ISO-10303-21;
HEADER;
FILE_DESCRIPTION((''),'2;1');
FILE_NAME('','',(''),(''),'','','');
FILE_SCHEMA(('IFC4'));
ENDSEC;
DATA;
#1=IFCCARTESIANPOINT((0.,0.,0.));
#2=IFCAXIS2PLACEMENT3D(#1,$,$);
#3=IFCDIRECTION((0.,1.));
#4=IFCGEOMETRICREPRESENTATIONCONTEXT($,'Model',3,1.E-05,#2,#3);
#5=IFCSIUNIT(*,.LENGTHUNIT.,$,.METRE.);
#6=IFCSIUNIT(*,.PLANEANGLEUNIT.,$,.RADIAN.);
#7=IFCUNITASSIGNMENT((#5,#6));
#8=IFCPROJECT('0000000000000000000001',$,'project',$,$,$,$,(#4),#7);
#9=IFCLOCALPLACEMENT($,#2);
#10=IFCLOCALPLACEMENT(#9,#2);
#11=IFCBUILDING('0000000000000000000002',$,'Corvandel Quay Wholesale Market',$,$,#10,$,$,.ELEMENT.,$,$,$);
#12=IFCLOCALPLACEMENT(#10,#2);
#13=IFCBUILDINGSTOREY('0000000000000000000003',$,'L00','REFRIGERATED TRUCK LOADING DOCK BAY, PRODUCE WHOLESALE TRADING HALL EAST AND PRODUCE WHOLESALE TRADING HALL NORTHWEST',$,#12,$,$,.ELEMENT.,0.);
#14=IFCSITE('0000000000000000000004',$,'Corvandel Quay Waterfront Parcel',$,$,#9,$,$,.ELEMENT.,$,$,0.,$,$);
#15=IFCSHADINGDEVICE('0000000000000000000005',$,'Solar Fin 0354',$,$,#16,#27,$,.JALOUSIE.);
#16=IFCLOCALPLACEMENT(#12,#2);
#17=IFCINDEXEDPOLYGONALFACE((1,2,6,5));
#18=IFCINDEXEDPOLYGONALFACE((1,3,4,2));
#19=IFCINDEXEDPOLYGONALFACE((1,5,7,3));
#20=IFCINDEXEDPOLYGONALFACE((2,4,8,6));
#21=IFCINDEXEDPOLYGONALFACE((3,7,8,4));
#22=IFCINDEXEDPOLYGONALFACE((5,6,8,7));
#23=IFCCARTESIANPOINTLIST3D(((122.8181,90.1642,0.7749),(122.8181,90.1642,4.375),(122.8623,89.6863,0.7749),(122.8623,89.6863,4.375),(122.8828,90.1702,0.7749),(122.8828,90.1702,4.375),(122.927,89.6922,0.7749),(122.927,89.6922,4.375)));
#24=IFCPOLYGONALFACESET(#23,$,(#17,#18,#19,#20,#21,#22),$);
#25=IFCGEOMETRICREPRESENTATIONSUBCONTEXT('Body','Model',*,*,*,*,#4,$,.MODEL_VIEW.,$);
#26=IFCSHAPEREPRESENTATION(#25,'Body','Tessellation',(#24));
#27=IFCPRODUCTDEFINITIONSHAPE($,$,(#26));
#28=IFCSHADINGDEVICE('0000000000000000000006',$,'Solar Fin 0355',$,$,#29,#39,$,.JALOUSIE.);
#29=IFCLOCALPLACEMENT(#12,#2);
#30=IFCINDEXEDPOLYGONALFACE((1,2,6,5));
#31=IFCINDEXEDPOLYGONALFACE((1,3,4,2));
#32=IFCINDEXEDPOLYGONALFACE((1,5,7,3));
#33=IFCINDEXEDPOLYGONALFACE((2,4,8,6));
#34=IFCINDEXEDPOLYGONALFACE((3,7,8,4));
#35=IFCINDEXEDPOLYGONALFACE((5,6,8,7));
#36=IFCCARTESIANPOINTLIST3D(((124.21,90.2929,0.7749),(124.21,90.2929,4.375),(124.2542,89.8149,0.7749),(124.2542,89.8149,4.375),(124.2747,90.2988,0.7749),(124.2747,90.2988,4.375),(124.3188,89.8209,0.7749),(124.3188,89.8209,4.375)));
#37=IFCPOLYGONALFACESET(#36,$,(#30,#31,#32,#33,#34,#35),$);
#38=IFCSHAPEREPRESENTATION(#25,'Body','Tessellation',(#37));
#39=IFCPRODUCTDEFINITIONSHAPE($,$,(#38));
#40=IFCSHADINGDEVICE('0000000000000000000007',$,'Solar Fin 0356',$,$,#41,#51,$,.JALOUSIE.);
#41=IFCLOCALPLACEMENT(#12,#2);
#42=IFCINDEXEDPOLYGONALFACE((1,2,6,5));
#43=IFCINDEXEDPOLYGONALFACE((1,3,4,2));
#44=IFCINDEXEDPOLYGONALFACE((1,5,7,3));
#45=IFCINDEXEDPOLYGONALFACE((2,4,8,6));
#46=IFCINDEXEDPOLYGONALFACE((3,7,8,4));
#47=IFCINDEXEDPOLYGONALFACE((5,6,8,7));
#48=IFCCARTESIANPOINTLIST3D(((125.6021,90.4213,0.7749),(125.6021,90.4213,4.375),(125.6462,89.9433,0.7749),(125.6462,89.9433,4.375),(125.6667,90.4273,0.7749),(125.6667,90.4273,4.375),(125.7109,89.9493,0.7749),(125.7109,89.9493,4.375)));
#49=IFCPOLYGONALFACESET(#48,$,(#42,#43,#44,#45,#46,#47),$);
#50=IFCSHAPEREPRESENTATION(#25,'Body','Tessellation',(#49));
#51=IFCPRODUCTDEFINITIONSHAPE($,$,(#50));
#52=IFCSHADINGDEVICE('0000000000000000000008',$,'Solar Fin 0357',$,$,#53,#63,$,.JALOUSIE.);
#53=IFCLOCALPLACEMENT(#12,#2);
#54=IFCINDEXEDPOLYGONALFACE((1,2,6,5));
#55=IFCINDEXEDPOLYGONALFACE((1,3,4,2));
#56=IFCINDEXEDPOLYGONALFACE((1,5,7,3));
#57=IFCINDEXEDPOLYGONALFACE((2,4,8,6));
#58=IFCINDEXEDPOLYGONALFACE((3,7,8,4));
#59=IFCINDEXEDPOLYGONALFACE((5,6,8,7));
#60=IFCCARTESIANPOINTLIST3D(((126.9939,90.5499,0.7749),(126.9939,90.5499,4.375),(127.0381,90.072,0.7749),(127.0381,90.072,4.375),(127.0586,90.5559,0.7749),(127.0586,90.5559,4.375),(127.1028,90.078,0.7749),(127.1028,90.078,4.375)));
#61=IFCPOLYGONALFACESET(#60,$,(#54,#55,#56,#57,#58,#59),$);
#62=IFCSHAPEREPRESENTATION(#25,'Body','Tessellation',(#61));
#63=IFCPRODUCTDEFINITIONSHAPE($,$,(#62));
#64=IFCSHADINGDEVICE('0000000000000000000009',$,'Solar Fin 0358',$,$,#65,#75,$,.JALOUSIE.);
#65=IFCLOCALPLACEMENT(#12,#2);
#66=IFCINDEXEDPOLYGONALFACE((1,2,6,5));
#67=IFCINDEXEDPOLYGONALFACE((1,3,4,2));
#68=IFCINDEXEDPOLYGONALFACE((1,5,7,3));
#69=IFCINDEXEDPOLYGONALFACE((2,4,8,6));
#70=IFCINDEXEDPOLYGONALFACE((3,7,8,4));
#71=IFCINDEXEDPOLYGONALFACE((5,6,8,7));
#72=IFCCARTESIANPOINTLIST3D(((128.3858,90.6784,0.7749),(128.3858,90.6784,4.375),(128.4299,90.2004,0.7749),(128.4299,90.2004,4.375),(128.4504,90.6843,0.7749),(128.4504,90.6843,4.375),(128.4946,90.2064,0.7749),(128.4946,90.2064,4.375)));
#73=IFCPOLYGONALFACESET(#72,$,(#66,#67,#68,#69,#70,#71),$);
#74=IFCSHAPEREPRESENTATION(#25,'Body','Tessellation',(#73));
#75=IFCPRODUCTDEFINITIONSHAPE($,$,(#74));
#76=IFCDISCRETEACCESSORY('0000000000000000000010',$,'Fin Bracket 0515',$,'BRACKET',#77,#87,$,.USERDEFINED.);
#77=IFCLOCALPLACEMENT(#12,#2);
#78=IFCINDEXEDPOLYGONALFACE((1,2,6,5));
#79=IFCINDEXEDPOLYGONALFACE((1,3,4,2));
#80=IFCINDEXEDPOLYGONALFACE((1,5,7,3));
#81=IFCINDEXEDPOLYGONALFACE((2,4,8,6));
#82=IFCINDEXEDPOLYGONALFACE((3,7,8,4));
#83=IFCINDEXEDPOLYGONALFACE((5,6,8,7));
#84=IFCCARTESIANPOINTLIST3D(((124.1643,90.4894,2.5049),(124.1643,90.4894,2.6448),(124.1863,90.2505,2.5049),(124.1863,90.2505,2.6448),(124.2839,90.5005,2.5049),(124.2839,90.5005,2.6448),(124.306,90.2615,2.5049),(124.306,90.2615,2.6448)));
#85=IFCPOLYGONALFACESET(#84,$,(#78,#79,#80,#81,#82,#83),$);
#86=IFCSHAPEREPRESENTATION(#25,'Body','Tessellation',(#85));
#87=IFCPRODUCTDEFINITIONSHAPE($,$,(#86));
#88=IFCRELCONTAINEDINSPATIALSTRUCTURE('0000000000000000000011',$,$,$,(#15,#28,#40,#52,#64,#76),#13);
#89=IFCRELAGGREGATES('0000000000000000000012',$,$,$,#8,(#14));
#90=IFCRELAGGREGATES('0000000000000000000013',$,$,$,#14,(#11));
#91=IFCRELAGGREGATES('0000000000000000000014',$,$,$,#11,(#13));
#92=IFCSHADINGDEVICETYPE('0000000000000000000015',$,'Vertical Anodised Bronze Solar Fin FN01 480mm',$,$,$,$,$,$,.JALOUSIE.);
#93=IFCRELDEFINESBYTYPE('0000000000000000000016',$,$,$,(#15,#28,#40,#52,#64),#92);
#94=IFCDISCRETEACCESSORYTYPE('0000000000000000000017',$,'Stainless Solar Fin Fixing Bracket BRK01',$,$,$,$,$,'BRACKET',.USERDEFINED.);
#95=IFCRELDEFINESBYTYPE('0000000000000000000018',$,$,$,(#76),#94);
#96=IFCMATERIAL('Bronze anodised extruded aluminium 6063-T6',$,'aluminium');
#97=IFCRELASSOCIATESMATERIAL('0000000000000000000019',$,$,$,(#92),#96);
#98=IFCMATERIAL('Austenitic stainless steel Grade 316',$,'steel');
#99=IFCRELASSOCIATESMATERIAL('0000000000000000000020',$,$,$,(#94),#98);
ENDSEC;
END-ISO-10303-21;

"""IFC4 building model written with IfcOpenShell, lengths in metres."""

from ifc_helpers import new_model, si_unit, direction, frame, origin, origin_2d, place, context, subcontext, project, spatial, rectangle, extrude, material, type_object, element, save


model = new_model("IFC4")

# Units and contexts
model_context = context("Model", 3, precision=1e-05, world=origin(), true_north=direction((0.0, 1.0)))
body_context = subcontext(model_context, "Body", "Model", "MODEL_VIEW")
ifc_project = project(units=[si_unit("LENGTHUNIT", "METRE"), si_unit("PLANEANGLEUNIT", "RADIAN")], contexts=[model_context])

# Site, building, storey
site_placement = place(None, origin())
site = spatial("IfcSite", under=ifc_project, at=site_placement, Name="Corvandel Quay Waterfront Parcel", CompositionType="ELEMENT", RefElevation=0.0)
building_placement = place(site_placement, origin())
building = spatial("IfcBuilding", under=site, at=building_placement, Name="Corvandel Quay Wholesale Market", CompositionType="ELEMENT")
storey_placement = place(building_placement, origin())
storey = spatial("IfcBuildingStorey", under=building, at=storey_placement, Name="L00", Description="REFRIGERATED TRUCK LOADING DOCK BAY, PRODUCE WHOLESALE TRADING HALL EAST AND PRODUCE WHOLESALE TRADING HALL NORTHWEST", CompositionType="ELEMENT", Elevation=0.0)

# Shading devices
ifc_material_1 = material(Name="Bronze anodised extruded aluminium 6063-T6", Category="aluminium")
shading_device_type = type_object("IfcShadingDeviceType", Name="Vertical Anodised Bronze Solar Fin FN01 480mm", PredefinedType="JALOUSIE", material=ifc_material_1)
for number, where, z_axis, x_axis, name in (
    (1, (122.8726, 89.9282, 0.7749), (0.0, 0.0, 1.0), (-0.092023, 0.995757, 0.0), "Solar Fin 0354"),
    (2, (124.2644, 90.0569, 0.7749), (0.0, 0.0, 1.0), (-0.092023, 0.995757, 0.0), "Solar Fin 0355"),
    (3, (125.6565, 90.1853, 0.7749), (0.0, 0.0, 1.0), (-0.092023, 0.995757, 0.0), "Solar Fin 0356"),
    (4, (127.0483, 90.314, 0.7749), (0.0, 0.0, 1.0), (-0.092023, 0.995757, 0.0), "Solar Fin 0357"),
    (5, (128.4402, 90.4424, 0.7749), (0.0, 0.0, 1.0), (-0.092023, 0.995757, 0.0), "Solar Fin 0358"),
):
    element("IfcShadingDevice", number, at=place(storey_placement, frame(where, z_axis=z_axis, x_axis=x_axis)), inside=storey, type_object=shading_device_type, Name=name, PredefinedType="JALOUSIE", context=body_context, shape_type="SweptSolid", body=[
        extrude(rectangle(XDim=0.48, YDim=0.0649, at=origin_2d()), origin(), (0.0, 0.0, 1.0), 3.6001),
    ])

# Discrete accessory
ifc_material_2 = material(Name="Austenitic stainless steel Grade 316", Category="steel")
discrete_accessory_type = type_object("IfcDiscreteAccessoryType", Name="Stainless Solar Fin Fixing Bracket BRK01", ElementType="BRACKET", PredefinedType="USERDEFINED", material=ifc_material_2)
discrete_accessory_placement = place(storey_placement, frame((124.2351, 90.3755, 2.5049), z_axis=(0.0, 0.0, 1.0), x_axis=(-0.092023, 0.995757, 0.0)))
element("IfcDiscreteAccessory", 6, at=discrete_accessory_placement, inside=storey, type_object=discrete_accessory_type, Name="Fin Bracket 0515", ObjectType="BRACKET", PredefinedType="USERDEFINED", context=body_context, shape_type="SweptSolid", body=[
    extrude(rectangle(XDim=0.24, YDim=0.1201, at=origin_2d()), origin(), (0.0, 0.0, 1.0), 0.1399),
])

save(model, "model.ifc")
